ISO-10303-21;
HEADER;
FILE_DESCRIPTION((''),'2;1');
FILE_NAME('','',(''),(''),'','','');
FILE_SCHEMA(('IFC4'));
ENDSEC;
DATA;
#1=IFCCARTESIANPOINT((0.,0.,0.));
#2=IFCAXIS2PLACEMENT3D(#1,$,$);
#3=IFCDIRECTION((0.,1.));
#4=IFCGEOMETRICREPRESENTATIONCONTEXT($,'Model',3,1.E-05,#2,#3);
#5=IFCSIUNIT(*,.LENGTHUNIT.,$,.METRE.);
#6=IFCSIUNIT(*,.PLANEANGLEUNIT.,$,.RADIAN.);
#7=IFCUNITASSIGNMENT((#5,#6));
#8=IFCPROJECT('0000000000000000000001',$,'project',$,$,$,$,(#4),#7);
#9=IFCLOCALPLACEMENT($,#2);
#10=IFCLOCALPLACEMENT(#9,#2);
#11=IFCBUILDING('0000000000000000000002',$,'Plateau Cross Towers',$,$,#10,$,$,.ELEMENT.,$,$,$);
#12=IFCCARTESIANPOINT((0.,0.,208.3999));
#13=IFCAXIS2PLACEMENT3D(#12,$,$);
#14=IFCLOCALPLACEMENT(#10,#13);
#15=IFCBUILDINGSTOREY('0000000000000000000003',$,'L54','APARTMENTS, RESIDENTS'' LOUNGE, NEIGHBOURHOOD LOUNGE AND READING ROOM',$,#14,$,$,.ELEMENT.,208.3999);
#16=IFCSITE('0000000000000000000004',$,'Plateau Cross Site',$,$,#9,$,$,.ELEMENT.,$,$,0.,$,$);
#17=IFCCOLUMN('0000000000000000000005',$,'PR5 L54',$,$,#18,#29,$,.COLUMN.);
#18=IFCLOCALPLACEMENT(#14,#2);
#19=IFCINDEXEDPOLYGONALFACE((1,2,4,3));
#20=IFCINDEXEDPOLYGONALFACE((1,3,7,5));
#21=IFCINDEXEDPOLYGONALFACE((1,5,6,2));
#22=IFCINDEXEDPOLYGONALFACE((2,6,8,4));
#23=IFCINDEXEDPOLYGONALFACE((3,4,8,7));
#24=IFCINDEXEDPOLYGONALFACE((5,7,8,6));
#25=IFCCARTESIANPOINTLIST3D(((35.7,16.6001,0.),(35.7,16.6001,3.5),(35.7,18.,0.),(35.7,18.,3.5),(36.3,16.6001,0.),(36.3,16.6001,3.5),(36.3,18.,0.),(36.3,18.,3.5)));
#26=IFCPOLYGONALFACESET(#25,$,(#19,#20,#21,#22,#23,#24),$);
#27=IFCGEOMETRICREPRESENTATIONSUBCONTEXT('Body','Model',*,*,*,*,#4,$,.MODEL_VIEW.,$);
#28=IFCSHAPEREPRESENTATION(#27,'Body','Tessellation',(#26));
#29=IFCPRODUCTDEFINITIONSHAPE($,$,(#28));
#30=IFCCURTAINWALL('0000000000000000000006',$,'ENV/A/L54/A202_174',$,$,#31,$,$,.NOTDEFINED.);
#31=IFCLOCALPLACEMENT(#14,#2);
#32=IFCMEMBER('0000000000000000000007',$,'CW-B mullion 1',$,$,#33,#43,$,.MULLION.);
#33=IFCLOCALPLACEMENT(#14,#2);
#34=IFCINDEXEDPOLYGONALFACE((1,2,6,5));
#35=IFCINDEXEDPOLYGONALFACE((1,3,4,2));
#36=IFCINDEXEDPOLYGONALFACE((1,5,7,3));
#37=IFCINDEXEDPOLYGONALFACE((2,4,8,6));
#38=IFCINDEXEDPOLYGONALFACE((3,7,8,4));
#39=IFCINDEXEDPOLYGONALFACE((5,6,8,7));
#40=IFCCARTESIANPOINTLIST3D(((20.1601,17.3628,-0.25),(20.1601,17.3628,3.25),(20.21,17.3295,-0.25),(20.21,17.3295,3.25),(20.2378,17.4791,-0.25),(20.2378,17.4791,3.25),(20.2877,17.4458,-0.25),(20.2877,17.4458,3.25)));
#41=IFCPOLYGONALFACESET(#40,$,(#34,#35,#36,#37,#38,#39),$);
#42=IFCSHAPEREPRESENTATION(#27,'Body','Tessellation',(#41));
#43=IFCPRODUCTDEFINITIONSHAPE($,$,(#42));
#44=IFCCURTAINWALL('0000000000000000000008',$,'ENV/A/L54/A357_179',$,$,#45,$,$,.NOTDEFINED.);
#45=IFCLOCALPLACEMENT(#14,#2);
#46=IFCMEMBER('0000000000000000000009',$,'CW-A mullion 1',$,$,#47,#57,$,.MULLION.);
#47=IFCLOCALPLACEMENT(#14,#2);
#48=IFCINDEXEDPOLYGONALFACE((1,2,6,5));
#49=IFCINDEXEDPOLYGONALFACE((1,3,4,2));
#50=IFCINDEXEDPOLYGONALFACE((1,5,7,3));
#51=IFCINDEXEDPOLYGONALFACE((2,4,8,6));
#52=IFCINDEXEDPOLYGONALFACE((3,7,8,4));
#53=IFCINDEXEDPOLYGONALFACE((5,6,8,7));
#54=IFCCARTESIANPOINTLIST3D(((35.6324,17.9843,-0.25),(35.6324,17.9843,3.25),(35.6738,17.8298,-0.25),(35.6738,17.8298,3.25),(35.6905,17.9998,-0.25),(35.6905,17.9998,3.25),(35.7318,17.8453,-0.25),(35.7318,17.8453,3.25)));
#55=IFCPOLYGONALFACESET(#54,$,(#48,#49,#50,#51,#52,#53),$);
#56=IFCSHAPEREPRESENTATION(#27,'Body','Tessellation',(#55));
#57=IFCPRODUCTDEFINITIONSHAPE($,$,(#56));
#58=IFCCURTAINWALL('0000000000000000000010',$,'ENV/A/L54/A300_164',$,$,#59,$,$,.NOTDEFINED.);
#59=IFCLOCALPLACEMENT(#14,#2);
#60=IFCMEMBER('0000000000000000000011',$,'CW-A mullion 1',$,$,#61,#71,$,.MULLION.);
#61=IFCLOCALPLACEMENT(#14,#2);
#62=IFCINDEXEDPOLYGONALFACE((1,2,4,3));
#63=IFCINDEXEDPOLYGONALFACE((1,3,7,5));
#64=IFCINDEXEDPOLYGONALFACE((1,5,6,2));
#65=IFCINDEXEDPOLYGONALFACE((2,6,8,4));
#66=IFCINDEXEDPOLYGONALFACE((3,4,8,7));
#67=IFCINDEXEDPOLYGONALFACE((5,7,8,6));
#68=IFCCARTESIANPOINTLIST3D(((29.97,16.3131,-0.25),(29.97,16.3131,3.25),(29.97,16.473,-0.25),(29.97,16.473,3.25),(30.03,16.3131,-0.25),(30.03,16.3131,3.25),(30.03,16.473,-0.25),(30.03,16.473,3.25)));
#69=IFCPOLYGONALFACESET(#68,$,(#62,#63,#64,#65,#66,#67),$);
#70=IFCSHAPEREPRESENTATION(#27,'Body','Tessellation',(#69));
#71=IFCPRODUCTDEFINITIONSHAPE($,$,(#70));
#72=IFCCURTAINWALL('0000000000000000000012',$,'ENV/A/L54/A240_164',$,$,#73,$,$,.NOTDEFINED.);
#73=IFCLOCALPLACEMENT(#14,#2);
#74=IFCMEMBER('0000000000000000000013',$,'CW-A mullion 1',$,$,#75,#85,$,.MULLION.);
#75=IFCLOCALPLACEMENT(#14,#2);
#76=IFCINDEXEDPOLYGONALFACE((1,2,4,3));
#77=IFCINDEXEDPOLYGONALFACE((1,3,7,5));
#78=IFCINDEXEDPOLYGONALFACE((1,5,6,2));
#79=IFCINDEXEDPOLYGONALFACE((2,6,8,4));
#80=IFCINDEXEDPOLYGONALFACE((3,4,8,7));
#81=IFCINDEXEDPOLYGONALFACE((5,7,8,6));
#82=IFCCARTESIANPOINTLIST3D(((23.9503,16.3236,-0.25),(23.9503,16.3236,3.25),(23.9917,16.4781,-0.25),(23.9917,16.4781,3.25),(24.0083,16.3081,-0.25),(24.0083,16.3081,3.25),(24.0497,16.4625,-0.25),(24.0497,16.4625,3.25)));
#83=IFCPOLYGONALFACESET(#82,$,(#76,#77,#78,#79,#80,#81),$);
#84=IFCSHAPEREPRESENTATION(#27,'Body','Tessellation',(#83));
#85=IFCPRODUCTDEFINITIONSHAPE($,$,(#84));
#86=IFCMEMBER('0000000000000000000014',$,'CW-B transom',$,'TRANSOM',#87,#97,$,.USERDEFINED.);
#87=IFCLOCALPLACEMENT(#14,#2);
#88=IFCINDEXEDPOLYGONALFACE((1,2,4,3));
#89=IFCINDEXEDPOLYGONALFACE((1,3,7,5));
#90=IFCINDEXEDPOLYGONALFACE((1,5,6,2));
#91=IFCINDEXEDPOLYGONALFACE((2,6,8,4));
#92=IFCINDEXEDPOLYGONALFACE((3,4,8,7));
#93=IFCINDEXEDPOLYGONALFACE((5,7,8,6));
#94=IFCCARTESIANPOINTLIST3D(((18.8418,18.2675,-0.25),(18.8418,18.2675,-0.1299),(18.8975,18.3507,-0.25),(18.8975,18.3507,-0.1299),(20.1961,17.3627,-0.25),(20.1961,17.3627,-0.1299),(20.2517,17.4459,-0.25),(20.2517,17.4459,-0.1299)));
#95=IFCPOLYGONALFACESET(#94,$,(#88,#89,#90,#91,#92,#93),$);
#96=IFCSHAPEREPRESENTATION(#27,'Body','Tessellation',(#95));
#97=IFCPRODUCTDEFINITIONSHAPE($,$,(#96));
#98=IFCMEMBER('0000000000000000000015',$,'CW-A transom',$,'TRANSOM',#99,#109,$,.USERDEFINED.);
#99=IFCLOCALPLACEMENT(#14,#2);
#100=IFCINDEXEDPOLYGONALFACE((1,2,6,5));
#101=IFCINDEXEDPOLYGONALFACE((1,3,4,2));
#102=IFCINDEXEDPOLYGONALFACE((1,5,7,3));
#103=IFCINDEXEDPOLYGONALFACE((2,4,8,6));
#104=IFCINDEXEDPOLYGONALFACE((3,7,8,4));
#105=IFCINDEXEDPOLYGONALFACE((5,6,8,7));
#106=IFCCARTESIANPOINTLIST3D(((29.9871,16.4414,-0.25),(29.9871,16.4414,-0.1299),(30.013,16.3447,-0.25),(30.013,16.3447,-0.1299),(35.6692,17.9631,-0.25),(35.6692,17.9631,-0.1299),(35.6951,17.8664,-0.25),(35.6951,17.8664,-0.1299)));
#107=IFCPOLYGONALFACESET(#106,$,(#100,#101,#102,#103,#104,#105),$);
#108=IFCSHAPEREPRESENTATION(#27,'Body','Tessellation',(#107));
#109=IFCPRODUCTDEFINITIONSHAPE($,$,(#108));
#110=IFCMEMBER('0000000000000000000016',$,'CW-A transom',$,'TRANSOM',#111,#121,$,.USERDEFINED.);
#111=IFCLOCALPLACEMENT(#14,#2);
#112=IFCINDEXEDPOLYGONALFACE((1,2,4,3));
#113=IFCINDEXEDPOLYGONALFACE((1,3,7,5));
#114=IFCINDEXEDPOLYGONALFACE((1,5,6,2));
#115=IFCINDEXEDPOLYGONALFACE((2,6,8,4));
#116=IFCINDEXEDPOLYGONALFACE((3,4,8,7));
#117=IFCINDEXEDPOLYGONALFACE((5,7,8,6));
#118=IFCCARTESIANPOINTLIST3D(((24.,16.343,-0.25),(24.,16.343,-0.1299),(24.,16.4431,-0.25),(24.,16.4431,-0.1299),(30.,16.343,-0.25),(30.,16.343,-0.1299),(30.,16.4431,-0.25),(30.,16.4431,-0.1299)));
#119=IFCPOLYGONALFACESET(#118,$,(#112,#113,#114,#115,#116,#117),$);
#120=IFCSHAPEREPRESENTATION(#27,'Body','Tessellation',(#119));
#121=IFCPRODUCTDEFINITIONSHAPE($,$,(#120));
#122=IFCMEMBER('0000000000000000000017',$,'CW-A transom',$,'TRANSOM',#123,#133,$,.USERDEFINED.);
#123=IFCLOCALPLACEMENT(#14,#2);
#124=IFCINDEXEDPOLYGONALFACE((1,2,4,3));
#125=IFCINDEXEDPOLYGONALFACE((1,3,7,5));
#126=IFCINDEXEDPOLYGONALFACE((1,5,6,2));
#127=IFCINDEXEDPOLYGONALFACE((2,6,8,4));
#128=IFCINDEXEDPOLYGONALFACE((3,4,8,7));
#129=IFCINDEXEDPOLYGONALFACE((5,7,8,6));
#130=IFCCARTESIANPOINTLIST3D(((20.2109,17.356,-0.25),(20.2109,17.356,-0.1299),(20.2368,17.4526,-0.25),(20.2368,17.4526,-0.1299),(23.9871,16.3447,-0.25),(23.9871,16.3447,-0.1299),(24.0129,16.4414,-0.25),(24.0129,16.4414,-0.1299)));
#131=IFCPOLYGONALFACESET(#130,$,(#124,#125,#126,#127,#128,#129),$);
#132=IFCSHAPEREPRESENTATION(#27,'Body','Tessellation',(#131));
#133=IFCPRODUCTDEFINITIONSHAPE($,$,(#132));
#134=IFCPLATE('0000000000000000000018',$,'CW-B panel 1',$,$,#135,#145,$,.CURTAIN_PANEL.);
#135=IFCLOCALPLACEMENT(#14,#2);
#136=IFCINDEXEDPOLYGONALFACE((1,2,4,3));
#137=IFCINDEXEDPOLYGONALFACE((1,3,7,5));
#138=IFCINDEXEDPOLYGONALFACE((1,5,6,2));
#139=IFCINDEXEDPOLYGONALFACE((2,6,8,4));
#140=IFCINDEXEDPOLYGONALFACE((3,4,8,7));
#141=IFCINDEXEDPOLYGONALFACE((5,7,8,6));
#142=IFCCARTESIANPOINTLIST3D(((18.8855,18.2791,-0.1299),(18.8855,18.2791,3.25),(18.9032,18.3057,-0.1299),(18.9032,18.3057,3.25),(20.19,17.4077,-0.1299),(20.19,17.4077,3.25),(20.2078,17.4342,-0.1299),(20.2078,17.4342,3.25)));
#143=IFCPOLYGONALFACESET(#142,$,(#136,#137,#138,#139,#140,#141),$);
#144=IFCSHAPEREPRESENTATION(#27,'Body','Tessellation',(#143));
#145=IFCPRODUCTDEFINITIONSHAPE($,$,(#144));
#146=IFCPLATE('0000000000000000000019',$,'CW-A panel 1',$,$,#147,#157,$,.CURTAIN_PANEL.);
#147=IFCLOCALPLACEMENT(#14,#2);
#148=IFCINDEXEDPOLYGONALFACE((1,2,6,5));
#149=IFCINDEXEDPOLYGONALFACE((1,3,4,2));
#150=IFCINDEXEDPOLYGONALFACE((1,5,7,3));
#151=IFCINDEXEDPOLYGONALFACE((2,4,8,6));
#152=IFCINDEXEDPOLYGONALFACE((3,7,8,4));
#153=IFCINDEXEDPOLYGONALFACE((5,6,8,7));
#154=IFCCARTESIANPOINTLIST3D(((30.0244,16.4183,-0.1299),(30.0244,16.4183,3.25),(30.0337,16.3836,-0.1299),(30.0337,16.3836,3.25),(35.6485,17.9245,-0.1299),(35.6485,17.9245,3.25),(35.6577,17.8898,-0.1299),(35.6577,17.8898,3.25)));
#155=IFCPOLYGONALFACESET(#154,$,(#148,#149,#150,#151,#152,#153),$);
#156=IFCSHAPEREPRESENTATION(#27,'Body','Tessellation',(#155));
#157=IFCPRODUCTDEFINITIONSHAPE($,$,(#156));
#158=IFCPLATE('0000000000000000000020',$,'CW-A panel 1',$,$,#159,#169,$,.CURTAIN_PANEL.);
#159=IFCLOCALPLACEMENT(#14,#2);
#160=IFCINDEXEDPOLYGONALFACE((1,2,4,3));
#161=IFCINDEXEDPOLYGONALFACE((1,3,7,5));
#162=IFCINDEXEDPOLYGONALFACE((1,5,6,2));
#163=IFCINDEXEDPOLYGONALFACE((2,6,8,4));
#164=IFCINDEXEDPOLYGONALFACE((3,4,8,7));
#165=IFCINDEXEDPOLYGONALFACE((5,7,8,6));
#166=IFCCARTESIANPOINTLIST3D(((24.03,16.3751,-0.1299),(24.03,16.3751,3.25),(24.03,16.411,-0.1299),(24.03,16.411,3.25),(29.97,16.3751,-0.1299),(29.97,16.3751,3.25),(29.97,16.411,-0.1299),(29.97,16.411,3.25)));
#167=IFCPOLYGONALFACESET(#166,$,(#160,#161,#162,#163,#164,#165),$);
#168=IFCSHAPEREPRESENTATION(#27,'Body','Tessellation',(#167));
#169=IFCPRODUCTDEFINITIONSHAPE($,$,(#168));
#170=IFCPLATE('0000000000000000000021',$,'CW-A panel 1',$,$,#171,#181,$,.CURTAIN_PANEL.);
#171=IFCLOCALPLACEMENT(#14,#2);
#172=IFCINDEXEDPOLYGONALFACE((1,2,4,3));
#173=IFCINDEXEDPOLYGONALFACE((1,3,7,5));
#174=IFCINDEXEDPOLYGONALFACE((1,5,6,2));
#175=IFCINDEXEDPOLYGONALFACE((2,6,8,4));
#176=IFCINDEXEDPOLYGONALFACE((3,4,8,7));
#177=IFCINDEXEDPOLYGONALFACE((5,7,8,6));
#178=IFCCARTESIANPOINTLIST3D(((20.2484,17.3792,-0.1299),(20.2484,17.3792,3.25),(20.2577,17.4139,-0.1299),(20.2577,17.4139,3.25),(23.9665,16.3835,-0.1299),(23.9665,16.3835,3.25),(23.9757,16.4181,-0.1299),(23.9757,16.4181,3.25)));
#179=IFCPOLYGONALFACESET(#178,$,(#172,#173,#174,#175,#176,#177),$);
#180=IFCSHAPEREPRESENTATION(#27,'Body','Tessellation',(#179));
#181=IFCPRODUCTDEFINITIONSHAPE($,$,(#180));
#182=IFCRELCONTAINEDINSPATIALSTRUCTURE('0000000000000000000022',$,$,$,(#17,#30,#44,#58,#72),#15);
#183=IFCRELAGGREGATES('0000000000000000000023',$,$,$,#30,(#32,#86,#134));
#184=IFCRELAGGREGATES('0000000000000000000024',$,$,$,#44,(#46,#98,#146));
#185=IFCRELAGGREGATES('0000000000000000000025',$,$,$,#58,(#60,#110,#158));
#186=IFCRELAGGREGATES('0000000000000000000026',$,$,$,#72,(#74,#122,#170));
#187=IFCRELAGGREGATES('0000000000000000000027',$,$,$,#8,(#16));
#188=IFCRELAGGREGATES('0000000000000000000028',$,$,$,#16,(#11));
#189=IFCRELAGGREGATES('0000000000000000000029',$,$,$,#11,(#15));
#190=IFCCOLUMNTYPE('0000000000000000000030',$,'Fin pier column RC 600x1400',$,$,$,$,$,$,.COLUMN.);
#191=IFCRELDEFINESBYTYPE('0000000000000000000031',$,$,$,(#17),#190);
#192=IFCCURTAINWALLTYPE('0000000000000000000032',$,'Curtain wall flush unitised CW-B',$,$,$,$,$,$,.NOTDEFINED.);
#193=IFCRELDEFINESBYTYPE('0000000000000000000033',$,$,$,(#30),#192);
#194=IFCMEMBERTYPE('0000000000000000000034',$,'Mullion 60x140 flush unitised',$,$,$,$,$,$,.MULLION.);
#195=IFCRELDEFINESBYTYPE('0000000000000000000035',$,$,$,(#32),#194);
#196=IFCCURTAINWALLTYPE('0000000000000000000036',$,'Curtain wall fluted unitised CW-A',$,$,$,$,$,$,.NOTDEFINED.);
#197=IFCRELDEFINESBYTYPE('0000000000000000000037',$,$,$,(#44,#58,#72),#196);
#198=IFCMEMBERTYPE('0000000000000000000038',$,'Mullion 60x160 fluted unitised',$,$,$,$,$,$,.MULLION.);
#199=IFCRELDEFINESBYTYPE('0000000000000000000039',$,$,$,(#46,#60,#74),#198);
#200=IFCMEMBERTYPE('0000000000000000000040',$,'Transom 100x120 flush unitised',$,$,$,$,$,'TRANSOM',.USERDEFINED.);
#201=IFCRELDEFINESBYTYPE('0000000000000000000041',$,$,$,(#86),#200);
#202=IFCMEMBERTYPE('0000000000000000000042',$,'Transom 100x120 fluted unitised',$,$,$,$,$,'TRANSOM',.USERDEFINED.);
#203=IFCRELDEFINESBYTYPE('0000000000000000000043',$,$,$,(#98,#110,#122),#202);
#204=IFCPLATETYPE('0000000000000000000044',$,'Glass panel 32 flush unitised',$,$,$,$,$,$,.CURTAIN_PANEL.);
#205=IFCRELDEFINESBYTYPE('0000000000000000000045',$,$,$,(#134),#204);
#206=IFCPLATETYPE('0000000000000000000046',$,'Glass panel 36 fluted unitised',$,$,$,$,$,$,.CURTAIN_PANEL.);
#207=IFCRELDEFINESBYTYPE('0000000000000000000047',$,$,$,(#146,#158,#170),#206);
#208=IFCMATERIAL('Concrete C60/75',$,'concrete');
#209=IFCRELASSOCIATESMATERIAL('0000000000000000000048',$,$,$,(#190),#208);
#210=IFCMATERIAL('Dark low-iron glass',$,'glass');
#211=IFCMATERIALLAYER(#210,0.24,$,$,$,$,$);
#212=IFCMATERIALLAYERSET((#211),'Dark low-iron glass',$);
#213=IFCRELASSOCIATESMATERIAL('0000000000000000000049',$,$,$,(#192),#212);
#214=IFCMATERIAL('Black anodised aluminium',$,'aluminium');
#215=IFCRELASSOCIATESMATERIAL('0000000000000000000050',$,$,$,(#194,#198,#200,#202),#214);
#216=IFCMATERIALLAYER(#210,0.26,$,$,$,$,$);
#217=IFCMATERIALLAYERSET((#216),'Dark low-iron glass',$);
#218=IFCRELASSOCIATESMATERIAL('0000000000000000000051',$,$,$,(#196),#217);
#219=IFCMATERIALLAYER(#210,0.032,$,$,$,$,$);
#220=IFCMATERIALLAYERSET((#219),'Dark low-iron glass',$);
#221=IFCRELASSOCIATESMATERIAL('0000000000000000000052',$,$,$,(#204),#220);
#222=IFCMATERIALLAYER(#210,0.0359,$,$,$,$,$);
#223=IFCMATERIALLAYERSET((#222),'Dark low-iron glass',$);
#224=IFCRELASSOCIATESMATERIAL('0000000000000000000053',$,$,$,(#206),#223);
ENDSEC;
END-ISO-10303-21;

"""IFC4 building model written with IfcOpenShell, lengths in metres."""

from ifc_helpers import new_model, si_unit, direction, frame, origin, origin_2d, place, context, subcontext, project, spatial, rectangle, extrude, material, layer, layer_set, material_profile, profile_set, type_object, element, aggregate, save


model = new_model("IFC4")

# Units and contexts
model_context = context("Model", 3, precision=1e-05, world=origin(), true_north=direction((0.0, 1.0)))
body_context = subcontext(model_context, "Body", "Model", "MODEL_VIEW")
ifc_project = project(units=[si_unit("LENGTHUNIT", "METRE"), si_unit("PLANEANGLEUNIT", "RADIAN")], contexts=[model_context])

# Site, building, storey
site_placement = place(None, origin())
site = spatial("IfcSite", under=ifc_project, at=site_placement, Name="Plateau Cross Site", CompositionType="ELEMENT", RefElevation=0.0)
building_placement = place(site_placement, origin())
building = spatial("IfcBuilding", under=site, at=building_placement, Name="Plateau Cross Towers", CompositionType="ELEMENT")
storey_placement = place(building_placement, frame((0.0, 0.0, 208.3999)))
storey = spatial("IfcBuildingStorey", under=building, at=storey_placement, Name="L54", Description="APARTMENTS, RESIDENTS' LOUNGE, NEIGHBOURHOOD LOUNGE AND READING ROOM", CompositionType="ELEMENT", Elevation=208.3999)

# Column
ifc_material_1 = material(Name="Concrete C60/75", Category="concrete")
ifc_material_profile_1 = material_profile(ifc_material_1, rectangle(XDim=0.6001, YDim=1.3999, at=origin_2d()), Name="RC 600x1400")
ifc_profile_set_1 = profile_set([ifc_material_profile_1], Name="Concrete C60/75")
column_type = type_object("IfcColumnType", Name="Fin pier column RC 600x1400", PredefinedType="COLUMN", material=ifc_profile_set_1)
column_placement = place(storey_placement, frame((36.0, 17.3, 0.0), z_axis=(0.0, 0.0, 1.0), x_axis=(1.0, 0.0, 0.0)))
element("IfcColumn", 1, at=column_placement, inside=storey, type_object=column_type, Name="PR5 L54", PredefinedType="COLUMN", context=body_context, shape_type="SweptSolid", body=[
    extrude(rectangle(XDim=0.6001, YDim=1.3999, at=origin_2d()), origin(), (0.0, 0.0, 1.0), 3.5),
])

# Curtain walls, members
ifc_material_2 = material(Name="Dark low-iron glass", Category="glass")
ifc_layer_1 = layer(ifc_material_2, 0.24)
ifc_layer_set_1 = layer_set([ifc_layer_1], Name="Dark low-iron glass")
curtain_wall_type_1 = type_object("IfcCurtainWallType", Name="Curtain wall flush unitised CW-B", PredefinedType="NOTDEFINED", material=ifc_layer_set_1)
curtain_wall_1_placement = place(storey_placement, origin())
curtain_wall_1 = element("IfcCurtainWall", 2, at=curtain_wall_1_placement, inside=storey, type_object=curtain_wall_type_1, Name="ENV/A/L54/A202_174", PredefinedType="NOTDEFINED")
ifc_material_3 = material(Name="Black anodised aluminium", Category="aluminium")
ifc_material_profile_2 = material_profile(ifc_material_3, rectangle(XDim=0.0601, YDim=0.1399, at=origin_2d()), Name="MULLION 60x140")
ifc_profile_set_2 = profile_set([ifc_material_profile_2], Name="Black anodised aluminium")
member_type_1 = type_object("IfcMemberType", Name="Mullion 60x140 flush unitised", PredefinedType="MULLION", material=ifc_profile_set_2)
member_1_placement = place(storey_placement, frame((20.2239, 17.4043, -0.25), z_axis=(0.0, 0.0, 1.0), x_axis=(-0.831521, 0.555493, 0.0)))
member_1 = element("IfcMember", 3, at=member_1_placement, type_object=member_type_1, Name="CW-B mullion 1", PredefinedType="MULLION", context=body_context, shape_type="SweptSolid", body=[
    extrude(rectangle(XDim=0.0601, YDim=0.1399, at=origin_2d()), origin(), (0.0, 0.0, 1.0), 3.5),
])
ifc_layer_2 = layer(ifc_material_2, 0.26)
ifc_layer_set_2 = layer_set([ifc_layer_2], Name="Dark low-iron glass")
curtain_wall_type_2 = type_object("IfcCurtainWallType", Name="Curtain wall fluted unitised CW-A", PredefinedType="NOTDEFINED", material=ifc_layer_set_2)
curtain_wall_2_placement = place(storey_placement, origin())
curtain_wall_2 = element("IfcCurtainWall", 4, at=curtain_wall_2_placement, inside=storey, type_object=curtain_wall_type_2, Name="ENV/A/L54/A357_179", PredefinedType="NOTDEFINED")
ifc_material_profile_3 = material_profile(ifc_material_3, rectangle(XDim=0.0601, YDim=0.1599, at=origin_2d()), Name="MULLION 60x160")
ifc_profile_set_3 = profile_set([ifc_material_profile_3], Name="Black anodised aluminium")
member_type_2 = type_object("IfcMemberType", Name="Mullion 60x160 fluted unitised", PredefinedType="MULLION", material=ifc_profile_set_3)
member_2_placement = place(storey_placement, frame((35.6821, 17.9148, -0.25), z_axis=(0.0, 0.0, 1.0), x_axis=(-0.965958, -0.258699, 0.0)))
member_2 = element("IfcMember", 5, at=member_2_placement, type_object=member_type_2, Name="CW-A mullion 1", PredefinedType="MULLION", context=body_context, shape_type="SweptSolid", body=[
    extrude(rectangle(XDim=0.0601, YDim=0.1599, at=origin_2d()), origin(), (0.0, 0.0, 1.0), 3.5),
])
curtain_wall_3_placement = place(storey_placement, origin())
curtain_wall_3 = element("IfcCurtainWall", 6, at=curtain_wall_3_placement, inside=storey, type_object=curtain_wall_type_2, Name="ENV/A/L54/A300_164", PredefinedType="NOTDEFINED")
member_3_placement = place(storey_placement, frame((30.0, 16.3931, -0.25), z_axis=(0.0, 0.0, 1.0), x_axis=(-1.0, 0.0, 0.0)))
member_3 = element("IfcMember", 7, at=member_3_placement, type_object=member_type_2, Name="CW-A mullion 1", PredefinedType="MULLION", context=body_context, shape_type="SweptSolid", body=[
    extrude(rectangle(XDim=0.0601, YDim=0.1599, at=origin_2d()), origin(), (0.0, 0.0, 1.0), 3.5),
])
curtain_wall_4_placement = place(storey_placement, origin())
curtain_wall_4 = element("IfcCurtainWall", 8, at=curtain_wall_4_placement, inside=storey, type_object=curtain_wall_type_2, Name="ENV/A/L54/A240_164", PredefinedType="NOTDEFINED")
member_4_placement = place(storey_placement, frame((24.0, 16.3931, -0.25), z_axis=(0.0, 0.0, 1.0), x_axis=(-0.965958, 0.258699, 0.0)))
member_4 = element("IfcMember", 9, at=member_4_placement, type_object=member_type_2, Name="CW-A mullion 1", PredefinedType="MULLION", context=body_context, shape_type="SweptSolid", body=[
    extrude(rectangle(XDim=0.0601, YDim=0.1599, at=origin_2d()), origin(), (0.0, 0.0, 1.0), 3.5),
])

# Members
ifc_material_profile_4 = material_profile(ifc_material_3, rectangle(XDim=0.1001, YDim=0.1201, at=origin_2d()), Name="TRANSOM 100x120")
ifc_profile_set_4 = profile_set([ifc_material_profile_4], Name="Black anodised aluminium")
member_type_3 = type_object("IfcMemberType", Name="Transom 100x120 flush unitised", ElementType="TRANSOM", PredefinedType="USERDEFINED", material=ifc_profile_set_4)
member_5_placement = place(storey_placement, frame((20.2239, 17.4043, -0.1899), z_axis=(-0.831496, 0.55553, 0.0), x_axis=(-0.55553, -0.831496, 0.0)))
member_5 = element("IfcMember", 10, at=member_5_placement, type_object=member_type_3, Name="CW-B transom", ObjectType="TRANSOM", PredefinedType="USERDEFINED", context=body_context, shape_type="SweptSolid", body=[
    extrude(rectangle(XDim=0.1001, YDim=0.1201, at=origin_2d()), origin(), (0.0, 0.0, 1.0), 1.6287),
])
ifc_material_profile_5 = material_profile(ifc_material_3, rectangle(XDim=0.1001, YDim=0.1201, at=origin_2d()), Name="TRANSOM 100x120")
ifc_profile_set_5 = profile_set([ifc_material_profile_5], Name="Black anodised aluminium")
member_type_4 = type_object("IfcMemberType", Name="Transom 100x120 fluted unitised", ElementType="TRANSOM", PredefinedType="USERDEFINED", material=ifc_profile_set_5)
member_6_placement = place(storey_placement, frame((35.6821, 17.9148, -0.1899), z_axis=(-0.96596, -0.258693, 0.0), x_axis=(0.258693, -0.96596, 0.0)))
member_6 = element("IfcMember", 11, at=member_6_placement, type_object=member_type_4, Name="CW-A transom", ObjectType="TRANSOM", PredefinedType="USERDEFINED", context=body_context, shape_type="SweptSolid", body=[
    extrude(rectangle(XDim=0.1001, YDim=0.1201, at=origin_2d()), origin(), (0.0, 0.0, 1.0), 5.8823),
])
member_7_placement = place(storey_placement, frame((30.0, 16.3931, -0.1899), z_axis=(-1.0, 0.0, 0.0), x_axis=(0.0, -1.0, 0.0)))
member_7 = element("IfcMember", 12, at=member_7_placement, type_object=member_type_4, Name="CW-A transom", ObjectType="TRANSOM", PredefinedType="USERDEFINED", context=body_context, shape_type="SweptSolid", body=[
    extrude(rectangle(XDim=0.1001, YDim=0.1201, at=origin_2d()), origin(), (0.0, 0.0, 1.0), 6.0),
])
member_8_placement = place(storey_placement, frame((24.0, 16.3931, -0.1899), z_axis=(-0.965963, 0.258681, 0.0), x_axis=(-0.258681, -0.965963, 0.0)))
member_8 = element("IfcMember", 13, at=member_8_placement, type_object=member_type_4, Name="CW-A transom", ObjectType="TRANSOM", PredefinedType="USERDEFINED", context=body_context, shape_type="SweptSolid", body=[
    extrude(rectangle(XDim=0.1001, YDim=0.1201, at=origin_2d()), origin(), (0.0, 0.0, 1.0), 3.9092),
])

# Plates
ifc_layer_3 = layer(ifc_material_2, 0.032)
ifc_layer_set_3 = layer_set([ifc_layer_3], Name="Dark low-iron glass")
plate_type_1 = type_object("IfcPlateType", Name="Glass panel 32 flush unitised", PredefinedType="CURTAIN_PANEL", material=ifc_layer_set_3)
plate_1_placement = place(storey_placement, frame((19.5466, 17.8567, -0.1299), z_axis=(0.0, 0.0, 1.0), x_axis=(-0.831521, 0.555493, 0.0)))
plate_1 = element("IfcPlate", 14, at=plate_1_placement, type_object=plate_type_1, Name="CW-B panel 1", PredefinedType="CURTAIN_PANEL", context=body_context, shape_type="SweptSolid", body=[
    extrude(rectangle(XDim=1.5688, YDim=0.032, at=origin_2d()), origin(), (0.0, 0.0, 1.0), 3.3799),
])
aggregate(curtain_wall_1, [member_1, member_5, plate_1])
ifc_layer_4 = layer(ifc_material_2, 0.0359)
ifc_layer_set_4 = layer_set([ifc_layer_4], Name="Dark low-iron glass")
plate_type_2 = type_object("IfcPlateType", Name="Glass panel 36 fluted unitised", PredefinedType="CURTAIN_PANEL", material=ifc_layer_set_4)
plate_2_placement = place(storey_placement, frame((32.8411, 17.1541, -0.1299), z_axis=(0.0, 0.0, 1.0), x_axis=(-0.965958, -0.258699, 0.0)))
plate_2 = element("IfcPlate", 15, at=plate_2_placement, type_object=plate_type_2, Name="CW-A panel 1", PredefinedType="CURTAIN_PANEL", context=body_context, shape_type="SweptSolid", body=[
    extrude(rectangle(XDim=5.8223, YDim=0.0359, at=origin_2d()), origin(), (0.0, 0.0, 1.0), 3.3799),
])
aggregate(curtain_wall_2, [member_2, member_6, plate_2])
plate_3_placement = place(storey_placement, frame((27.0, 16.3931, -0.1299), z_axis=(0.0, 0.0, 1.0), x_axis=(-1.0, 0.0, 0.0)))
plate_3 = element("IfcPlate", 16, at=plate_3_placement, type_object=plate_type_2, Name="CW-A panel 1", PredefinedType="CURTAIN_PANEL", context=body_context, shape_type="SweptSolid", body=[
    extrude(rectangle(XDim=5.9399, YDim=0.0359, at=origin_2d()), origin(), (0.0, 0.0, 1.0), 3.3799),
])
aggregate(curtain_wall_3, [member_3, member_7, plate_3])
plate_4_placement = place(storey_placement, frame((22.1121, 16.8987, -0.1299), z_axis=(0.0, 0.0, 1.0), x_axis=(-0.965958, 0.258699, 0.0)))
plate_4 = element("IfcPlate", 17, at=plate_4_placement, type_object=plate_type_2, Name="CW-A panel 1", PredefinedType="CURTAIN_PANEL", context=body_context, shape_type="SweptSolid", body=[
    extrude(rectangle(XDim=3.8491, YDim=0.0359, at=origin_2d()), origin(), (0.0, 0.0, 1.0), 3.3799),
])
aggregate(curtain_wall_4, [member_4, member_8, plate_4])

save(model, "model.ifc")
